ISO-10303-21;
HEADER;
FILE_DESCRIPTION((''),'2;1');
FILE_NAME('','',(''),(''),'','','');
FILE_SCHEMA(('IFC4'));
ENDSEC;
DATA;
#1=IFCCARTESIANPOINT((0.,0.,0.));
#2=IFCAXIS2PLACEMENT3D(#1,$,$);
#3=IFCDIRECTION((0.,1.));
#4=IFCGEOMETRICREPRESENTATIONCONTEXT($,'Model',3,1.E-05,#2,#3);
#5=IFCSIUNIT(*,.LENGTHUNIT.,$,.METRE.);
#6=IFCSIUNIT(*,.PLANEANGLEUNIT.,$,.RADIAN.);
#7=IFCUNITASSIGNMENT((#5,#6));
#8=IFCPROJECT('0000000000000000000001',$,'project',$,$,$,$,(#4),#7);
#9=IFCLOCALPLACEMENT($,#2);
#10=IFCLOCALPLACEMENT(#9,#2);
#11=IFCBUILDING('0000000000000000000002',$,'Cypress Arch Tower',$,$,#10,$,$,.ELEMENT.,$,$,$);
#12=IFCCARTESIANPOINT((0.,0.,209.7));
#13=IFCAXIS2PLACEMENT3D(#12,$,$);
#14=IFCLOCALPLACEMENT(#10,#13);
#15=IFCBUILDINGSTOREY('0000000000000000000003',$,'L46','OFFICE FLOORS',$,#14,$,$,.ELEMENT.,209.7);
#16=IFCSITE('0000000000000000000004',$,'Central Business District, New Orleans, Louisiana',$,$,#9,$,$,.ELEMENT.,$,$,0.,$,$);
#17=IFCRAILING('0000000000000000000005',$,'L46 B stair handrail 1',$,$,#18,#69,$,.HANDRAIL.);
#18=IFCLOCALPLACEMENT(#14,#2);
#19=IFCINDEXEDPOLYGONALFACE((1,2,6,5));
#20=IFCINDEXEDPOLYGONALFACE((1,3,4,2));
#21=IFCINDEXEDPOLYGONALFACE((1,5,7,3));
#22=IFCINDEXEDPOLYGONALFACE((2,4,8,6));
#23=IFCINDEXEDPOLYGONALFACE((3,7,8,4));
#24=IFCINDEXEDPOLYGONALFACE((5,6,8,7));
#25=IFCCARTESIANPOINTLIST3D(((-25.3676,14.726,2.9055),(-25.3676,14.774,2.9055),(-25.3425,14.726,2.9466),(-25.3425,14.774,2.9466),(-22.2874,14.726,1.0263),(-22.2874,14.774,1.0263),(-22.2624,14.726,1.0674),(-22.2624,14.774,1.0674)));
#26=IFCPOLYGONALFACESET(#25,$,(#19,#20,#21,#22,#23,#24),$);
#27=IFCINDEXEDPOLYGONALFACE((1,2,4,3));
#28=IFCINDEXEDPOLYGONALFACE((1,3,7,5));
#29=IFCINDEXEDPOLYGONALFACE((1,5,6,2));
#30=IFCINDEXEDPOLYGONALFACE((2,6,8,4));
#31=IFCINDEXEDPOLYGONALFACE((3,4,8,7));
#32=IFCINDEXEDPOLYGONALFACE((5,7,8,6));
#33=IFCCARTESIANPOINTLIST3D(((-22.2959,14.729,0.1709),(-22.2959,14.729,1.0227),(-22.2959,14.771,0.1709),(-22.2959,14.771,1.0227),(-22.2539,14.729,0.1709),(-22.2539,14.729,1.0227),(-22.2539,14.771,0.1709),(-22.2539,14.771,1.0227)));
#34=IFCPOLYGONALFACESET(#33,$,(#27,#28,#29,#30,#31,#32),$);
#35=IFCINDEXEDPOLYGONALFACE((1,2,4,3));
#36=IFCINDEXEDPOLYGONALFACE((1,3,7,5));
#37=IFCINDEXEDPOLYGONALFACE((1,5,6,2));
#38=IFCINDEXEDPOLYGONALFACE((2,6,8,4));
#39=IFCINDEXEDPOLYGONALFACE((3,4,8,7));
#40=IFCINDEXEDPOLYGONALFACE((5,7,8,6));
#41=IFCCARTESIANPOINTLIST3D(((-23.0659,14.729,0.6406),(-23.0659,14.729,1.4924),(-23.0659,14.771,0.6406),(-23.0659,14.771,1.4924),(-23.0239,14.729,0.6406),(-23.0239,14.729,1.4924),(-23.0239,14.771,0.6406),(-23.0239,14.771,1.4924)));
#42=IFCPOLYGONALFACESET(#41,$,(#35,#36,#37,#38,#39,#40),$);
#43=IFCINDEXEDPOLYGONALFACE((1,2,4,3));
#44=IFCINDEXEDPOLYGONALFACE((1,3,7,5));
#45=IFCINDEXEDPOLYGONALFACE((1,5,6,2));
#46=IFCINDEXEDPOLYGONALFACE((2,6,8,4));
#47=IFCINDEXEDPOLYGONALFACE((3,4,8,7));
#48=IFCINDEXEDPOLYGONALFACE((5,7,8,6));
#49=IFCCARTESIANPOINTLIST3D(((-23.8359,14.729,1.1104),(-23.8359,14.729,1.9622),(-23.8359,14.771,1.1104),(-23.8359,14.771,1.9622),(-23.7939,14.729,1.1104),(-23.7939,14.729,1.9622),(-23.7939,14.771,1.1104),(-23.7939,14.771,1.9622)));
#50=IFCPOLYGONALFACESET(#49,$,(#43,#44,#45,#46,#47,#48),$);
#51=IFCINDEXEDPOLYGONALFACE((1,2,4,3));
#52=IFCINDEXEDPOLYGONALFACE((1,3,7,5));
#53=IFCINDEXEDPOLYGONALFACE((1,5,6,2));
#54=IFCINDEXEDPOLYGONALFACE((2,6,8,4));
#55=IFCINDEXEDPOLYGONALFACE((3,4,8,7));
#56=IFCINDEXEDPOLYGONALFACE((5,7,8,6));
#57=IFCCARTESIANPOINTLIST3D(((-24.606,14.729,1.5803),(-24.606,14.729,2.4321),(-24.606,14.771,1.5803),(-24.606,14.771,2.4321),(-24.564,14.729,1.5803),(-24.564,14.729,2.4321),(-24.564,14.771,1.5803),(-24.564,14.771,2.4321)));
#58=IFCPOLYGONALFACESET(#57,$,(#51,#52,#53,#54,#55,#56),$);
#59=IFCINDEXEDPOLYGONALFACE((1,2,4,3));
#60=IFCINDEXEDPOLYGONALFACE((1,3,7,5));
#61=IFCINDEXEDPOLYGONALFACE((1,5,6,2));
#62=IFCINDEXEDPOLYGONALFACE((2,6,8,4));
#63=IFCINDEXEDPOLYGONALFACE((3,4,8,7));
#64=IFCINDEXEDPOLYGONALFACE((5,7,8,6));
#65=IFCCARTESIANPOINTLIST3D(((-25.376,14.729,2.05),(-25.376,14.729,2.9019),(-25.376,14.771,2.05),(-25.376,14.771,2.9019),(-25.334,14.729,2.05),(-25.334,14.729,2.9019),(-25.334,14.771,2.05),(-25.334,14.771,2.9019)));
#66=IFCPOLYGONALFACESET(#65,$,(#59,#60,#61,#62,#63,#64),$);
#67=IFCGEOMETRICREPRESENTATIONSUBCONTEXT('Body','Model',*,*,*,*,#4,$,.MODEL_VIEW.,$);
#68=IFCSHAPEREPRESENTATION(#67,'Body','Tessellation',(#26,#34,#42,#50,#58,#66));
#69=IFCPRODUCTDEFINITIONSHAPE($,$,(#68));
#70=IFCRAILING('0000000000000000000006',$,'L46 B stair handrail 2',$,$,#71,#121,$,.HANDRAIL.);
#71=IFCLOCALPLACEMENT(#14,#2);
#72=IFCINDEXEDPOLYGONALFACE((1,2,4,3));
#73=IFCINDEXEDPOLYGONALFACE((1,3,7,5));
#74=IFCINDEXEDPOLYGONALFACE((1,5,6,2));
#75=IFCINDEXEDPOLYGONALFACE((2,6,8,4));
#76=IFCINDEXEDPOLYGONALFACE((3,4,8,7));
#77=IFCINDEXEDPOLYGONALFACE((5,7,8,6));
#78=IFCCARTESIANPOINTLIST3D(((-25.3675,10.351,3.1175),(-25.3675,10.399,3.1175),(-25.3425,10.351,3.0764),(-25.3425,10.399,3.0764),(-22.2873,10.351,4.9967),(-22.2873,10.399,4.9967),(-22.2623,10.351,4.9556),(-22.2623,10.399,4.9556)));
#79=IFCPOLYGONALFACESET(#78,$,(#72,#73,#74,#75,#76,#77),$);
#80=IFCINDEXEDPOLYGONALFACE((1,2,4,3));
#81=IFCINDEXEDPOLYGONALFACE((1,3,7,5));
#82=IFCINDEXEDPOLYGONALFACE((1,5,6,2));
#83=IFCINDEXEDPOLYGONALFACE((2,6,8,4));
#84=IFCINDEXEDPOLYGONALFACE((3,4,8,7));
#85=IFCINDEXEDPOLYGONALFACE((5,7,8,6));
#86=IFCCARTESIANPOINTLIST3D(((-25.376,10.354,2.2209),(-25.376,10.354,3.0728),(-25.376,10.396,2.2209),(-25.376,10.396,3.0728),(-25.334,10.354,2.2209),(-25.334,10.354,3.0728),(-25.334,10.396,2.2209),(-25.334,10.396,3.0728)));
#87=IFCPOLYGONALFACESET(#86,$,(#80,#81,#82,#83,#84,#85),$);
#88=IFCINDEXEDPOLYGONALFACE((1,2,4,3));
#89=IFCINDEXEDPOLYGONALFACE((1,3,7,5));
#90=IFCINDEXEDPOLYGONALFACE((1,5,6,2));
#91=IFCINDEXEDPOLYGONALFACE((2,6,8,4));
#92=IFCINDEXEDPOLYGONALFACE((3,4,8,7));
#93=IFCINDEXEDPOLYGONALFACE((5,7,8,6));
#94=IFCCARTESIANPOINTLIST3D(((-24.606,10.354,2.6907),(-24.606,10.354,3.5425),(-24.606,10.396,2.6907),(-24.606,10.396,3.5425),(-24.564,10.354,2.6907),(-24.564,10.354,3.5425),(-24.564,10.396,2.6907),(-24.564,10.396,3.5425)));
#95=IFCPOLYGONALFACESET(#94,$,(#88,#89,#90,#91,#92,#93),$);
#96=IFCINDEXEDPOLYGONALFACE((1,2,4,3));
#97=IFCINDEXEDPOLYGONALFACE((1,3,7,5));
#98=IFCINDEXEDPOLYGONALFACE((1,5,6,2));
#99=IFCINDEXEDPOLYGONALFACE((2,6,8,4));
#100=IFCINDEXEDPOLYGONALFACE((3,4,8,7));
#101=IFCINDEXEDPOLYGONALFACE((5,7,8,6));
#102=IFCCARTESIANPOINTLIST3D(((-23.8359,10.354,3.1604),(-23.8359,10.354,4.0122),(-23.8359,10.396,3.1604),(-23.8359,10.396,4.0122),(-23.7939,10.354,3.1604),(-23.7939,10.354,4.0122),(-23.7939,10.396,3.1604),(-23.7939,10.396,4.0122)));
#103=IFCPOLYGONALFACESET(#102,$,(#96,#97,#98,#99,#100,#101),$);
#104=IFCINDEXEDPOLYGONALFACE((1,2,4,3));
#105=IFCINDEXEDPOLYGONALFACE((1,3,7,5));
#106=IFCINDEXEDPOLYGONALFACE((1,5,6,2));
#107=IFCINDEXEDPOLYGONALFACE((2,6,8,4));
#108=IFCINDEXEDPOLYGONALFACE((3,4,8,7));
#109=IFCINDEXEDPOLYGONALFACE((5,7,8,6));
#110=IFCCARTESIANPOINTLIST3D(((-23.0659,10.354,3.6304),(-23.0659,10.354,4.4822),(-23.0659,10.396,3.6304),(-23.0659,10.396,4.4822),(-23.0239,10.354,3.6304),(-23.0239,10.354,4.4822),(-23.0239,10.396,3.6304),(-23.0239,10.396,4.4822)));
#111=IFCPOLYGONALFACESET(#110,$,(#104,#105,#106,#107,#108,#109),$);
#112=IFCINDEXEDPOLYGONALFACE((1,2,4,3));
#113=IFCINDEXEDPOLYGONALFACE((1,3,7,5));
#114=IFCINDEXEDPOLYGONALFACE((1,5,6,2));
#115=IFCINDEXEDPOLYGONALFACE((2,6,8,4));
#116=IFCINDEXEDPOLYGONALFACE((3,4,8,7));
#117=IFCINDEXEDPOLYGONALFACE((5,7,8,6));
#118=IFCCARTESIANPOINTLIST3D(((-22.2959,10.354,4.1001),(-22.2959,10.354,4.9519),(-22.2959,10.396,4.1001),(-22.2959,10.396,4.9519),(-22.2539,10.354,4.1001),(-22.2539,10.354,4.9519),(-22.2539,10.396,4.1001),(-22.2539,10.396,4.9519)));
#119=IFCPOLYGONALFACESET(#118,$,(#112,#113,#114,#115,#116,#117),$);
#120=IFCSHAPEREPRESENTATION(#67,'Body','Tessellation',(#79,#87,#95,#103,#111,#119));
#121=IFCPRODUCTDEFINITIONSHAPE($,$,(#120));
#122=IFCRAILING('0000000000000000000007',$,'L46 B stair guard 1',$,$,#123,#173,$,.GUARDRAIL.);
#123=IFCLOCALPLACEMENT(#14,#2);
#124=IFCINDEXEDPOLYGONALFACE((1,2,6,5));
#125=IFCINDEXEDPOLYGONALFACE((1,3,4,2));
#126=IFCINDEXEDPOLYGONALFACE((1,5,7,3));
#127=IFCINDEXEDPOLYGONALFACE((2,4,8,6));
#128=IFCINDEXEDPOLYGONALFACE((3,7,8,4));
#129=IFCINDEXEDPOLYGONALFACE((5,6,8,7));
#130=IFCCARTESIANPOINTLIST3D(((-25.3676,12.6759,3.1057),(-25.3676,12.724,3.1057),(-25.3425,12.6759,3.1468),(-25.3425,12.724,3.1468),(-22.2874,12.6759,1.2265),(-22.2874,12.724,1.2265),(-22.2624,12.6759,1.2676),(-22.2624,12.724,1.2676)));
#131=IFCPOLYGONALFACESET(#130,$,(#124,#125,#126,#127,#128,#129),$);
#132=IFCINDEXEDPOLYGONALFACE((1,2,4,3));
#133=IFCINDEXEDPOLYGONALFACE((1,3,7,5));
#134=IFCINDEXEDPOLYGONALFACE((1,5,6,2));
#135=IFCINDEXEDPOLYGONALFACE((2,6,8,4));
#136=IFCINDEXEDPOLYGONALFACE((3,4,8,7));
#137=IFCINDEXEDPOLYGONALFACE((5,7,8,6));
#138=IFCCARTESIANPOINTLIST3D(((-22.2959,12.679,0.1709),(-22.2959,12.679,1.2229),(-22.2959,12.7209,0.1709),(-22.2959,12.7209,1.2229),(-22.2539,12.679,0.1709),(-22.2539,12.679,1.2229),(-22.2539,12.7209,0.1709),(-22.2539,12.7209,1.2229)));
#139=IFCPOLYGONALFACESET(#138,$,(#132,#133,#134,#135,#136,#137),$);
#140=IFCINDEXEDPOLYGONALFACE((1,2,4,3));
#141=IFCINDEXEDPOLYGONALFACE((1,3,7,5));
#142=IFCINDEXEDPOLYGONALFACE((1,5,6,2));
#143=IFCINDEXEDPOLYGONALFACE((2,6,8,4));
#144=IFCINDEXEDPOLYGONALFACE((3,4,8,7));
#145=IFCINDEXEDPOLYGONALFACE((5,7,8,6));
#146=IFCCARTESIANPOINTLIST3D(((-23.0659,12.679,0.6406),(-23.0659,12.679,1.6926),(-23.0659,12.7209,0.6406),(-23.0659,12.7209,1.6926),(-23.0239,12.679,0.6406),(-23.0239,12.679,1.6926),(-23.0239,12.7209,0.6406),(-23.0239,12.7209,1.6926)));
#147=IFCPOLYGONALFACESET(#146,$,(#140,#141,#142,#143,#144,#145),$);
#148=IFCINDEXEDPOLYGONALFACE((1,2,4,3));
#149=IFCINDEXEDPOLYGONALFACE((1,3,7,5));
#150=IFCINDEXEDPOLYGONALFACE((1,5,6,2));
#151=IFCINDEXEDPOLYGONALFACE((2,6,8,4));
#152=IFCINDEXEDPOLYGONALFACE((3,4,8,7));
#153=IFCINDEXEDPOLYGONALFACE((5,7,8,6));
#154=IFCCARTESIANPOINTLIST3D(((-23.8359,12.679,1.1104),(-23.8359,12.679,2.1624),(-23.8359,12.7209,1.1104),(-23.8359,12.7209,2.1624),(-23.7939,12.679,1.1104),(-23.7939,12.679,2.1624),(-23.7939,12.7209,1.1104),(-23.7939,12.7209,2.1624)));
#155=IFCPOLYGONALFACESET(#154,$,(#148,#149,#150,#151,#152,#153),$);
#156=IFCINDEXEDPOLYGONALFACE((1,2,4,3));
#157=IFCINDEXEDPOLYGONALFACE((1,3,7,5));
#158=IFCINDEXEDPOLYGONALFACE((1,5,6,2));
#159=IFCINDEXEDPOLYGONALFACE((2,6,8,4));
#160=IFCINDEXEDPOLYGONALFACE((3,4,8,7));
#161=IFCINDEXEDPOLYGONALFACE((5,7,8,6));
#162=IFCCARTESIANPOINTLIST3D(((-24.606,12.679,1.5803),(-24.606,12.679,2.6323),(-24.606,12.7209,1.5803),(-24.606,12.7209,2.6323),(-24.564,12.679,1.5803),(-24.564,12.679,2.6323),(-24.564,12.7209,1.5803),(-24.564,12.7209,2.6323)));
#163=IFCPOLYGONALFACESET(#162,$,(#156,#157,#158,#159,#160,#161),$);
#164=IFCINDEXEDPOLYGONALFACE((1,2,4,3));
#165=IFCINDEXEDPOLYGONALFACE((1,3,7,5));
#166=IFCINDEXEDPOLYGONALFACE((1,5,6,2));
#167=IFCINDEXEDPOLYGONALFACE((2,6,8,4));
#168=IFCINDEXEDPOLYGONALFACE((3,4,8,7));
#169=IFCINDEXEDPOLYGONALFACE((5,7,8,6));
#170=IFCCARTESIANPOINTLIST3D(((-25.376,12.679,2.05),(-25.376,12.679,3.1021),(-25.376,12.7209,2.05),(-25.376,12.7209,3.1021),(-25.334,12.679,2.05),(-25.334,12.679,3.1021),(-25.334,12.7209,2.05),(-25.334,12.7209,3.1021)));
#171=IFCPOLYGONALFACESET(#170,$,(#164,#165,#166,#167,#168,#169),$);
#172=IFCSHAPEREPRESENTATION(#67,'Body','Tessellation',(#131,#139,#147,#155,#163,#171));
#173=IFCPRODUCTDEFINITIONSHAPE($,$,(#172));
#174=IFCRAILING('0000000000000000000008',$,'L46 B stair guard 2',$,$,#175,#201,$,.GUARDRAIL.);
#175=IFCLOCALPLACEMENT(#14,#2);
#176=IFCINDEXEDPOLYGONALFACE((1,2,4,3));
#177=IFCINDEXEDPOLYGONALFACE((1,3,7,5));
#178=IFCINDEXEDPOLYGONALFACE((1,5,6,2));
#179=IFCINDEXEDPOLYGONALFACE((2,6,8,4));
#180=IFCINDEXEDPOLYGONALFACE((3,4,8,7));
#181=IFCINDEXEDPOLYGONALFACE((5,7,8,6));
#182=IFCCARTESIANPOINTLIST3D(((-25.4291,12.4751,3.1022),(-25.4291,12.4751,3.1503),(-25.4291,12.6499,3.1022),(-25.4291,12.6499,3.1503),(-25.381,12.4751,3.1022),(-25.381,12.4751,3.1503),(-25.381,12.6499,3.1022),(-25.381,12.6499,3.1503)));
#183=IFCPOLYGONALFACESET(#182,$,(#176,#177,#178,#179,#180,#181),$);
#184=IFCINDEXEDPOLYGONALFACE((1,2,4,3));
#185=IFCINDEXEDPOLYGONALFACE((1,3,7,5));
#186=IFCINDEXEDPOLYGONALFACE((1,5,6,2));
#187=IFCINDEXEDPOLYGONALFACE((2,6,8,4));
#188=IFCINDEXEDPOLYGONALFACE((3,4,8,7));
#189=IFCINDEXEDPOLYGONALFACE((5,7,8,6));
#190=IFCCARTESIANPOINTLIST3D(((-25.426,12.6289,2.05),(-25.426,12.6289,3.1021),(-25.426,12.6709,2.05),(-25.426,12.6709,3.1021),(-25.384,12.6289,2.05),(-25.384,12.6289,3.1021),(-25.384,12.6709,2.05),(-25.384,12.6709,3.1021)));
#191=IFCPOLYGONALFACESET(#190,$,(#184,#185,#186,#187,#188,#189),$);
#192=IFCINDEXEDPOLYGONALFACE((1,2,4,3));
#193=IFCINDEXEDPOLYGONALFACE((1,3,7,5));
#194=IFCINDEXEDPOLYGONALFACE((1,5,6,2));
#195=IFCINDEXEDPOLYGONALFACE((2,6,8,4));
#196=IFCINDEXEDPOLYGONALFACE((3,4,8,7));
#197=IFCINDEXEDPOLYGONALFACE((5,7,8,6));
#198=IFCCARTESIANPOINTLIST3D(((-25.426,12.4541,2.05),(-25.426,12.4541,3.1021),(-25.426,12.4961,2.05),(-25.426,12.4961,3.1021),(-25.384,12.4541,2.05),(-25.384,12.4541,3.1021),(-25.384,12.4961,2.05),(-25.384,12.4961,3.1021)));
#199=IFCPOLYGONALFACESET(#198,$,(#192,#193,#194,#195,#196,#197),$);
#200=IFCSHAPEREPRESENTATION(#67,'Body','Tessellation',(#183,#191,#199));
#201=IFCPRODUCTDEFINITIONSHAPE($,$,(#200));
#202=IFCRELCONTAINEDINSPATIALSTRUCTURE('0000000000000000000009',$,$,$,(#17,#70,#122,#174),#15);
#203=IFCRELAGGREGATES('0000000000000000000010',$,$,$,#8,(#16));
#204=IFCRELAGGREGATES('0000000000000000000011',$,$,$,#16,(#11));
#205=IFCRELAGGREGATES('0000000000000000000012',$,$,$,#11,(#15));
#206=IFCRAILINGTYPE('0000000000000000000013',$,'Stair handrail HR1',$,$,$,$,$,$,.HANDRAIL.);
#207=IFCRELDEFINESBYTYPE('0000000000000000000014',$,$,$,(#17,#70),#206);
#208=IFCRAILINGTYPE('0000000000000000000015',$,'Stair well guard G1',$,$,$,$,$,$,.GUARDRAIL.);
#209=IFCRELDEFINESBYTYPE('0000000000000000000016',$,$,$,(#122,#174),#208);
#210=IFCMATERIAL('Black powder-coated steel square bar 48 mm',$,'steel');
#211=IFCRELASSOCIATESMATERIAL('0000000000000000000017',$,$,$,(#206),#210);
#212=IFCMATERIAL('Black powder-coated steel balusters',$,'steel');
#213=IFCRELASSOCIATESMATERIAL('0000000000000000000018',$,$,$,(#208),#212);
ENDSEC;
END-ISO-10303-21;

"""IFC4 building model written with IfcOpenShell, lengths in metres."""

from ifc_helpers import new_model, si_unit, direction, frame, origin, origin_2d, place, context, subcontext, project, spatial, rectangle, extrude, material, type_object, element, save


model = new_model("IFC4")

# Units and contexts
model_context = context("Model", 3, precision=1e-05, world=origin(), true_north=direction((0.0, 1.0)))
body_context = subcontext(model_context, "Body", "Model", "MODEL_VIEW")
ifc_project = project(units=[si_unit("LENGTHUNIT", "METRE"), si_unit("PLANEANGLEUNIT", "RADIAN")], contexts=[model_context])

# Site, building, storey
site_placement = place(None, origin())
site = spatial("IfcSite", under=ifc_project, at=site_placement, Name="Central Business District, New Orleans, Louisiana", CompositionType="ELEMENT", RefElevation=0.0)
building_placement = place(site_placement, origin())
building = spatial("IfcBuilding", under=site, at=building_placement, Name="Cypress Arch Tower", CompositionType="ELEMENT")
storey_placement = place(building_placement, frame((0.0, 0.0, 209.7)))
storey = spatial("IfcBuildingStorey", under=building, at=storey_placement, Name="L46", Description="OFFICE FLOORS", CompositionType="ELEMENT", Elevation=209.7)

# Railings
ifc_material_1 = material(Name="Black powder-coated steel square bar 48 mm", Category="steel")
railing_type_1 = type_object("IfcRailingType", Name="Stair handrail HR1", PredefinedType="HANDRAIL", material=ifc_material_1)
railing_1_placement = place(storey_placement, frame((-22.2749, 14.75, 0.1709)))
element("IfcRailing", 1, at=railing_1_placement, inside=storey, type_object=railing_type_1, Name="L46 B stair handrail 1", PredefinedType="HANDRAIL", context=body_context, shape_type="SweptSolid", body=[
    extrude(rectangle(XDim=0.0481, YDim=0.0481, at=origin_2d()), frame((0.0, 0.0, 0.876), z_axis=(-0.853666, 0.0, 0.52082), x_axis=(0.0, -1.0, 0.0)), (0.0, 0.0, 1.0), 3.6082),
    extrude(rectangle(XDim=0.042, YDim=0.042, at=origin_2d()), origin(), (0.0, 0.0, 1.0), 0.8518),
    extrude(rectangle(XDim=0.042, YDim=0.042, at=origin_2d()), frame((-0.77, 0.0, 0.4697)), (0.0, 0.0, 1.0), 0.8518),
    extrude(rectangle(XDim=0.042, YDim=0.042, at=origin_2d()), frame((-1.54, 0.0, 0.9395)), (0.0, 0.0, 1.0), 0.8518),
    extrude(rectangle(XDim=0.042, YDim=0.042, at=origin_2d()), frame((-2.3101, 0.0, 1.4094)), (0.0, 0.0, 1.0), 0.8518),
    extrude(rectangle(XDim=0.042, YDim=0.042, at=origin_2d()), frame((-3.0801, 0.0, 1.8792)), (0.0, 0.0, 1.0), 0.8518),
])
railing_2_placement = place(storey_placement, frame((-25.355, 10.375, 2.2209)))
element("IfcRailing", 2, at=railing_2_placement, inside=storey, type_object=railing_type_1, Name="L46 B stair handrail 2", PredefinedType="HANDRAIL", context=body_context, shape_type="SweptSolid", body=[
    extrude(rectangle(XDim=0.0481, YDim=0.0481, at=origin_2d()), frame((0.0, 0.0, 0.876), z_axis=(0.853666, 0.0, 0.52082), x_axis=(0.0, 1.0, 0.0)), (0.0, 0.0, 1.0), 3.6082),
    extrude(rectangle(XDim=0.042, YDim=0.042, at=origin_2d()), origin(), (0.0, 0.0, 1.0), 0.8518),
    extrude(rectangle(XDim=0.042, YDim=0.042, at=origin_2d()), frame((0.77, 0.0, 0.4697)), (0.0, 0.0, 1.0), 0.8518),
    extrude(rectangle(XDim=0.042, YDim=0.042, at=origin_2d()), frame((1.54, 0.0, 0.9395)), (0.0, 0.0, 1.0), 0.8518),
    extrude(rectangle(XDim=0.042, YDim=0.042, at=origin_2d()), frame((2.3101, 0.0, 1.4094)), (0.0, 0.0, 1.0), 0.8518),
    extrude(rectangle(XDim=0.042, YDim=0.042, at=origin_2d()), frame((3.0801, 0.0, 1.8792)), (0.0, 0.0, 1.0), 0.8518),
])
ifc_material_2 = material(Name="Black powder-coated steel balusters", Category="steel")
railing_type_2 = type_object("IfcRailingType", Name="Stair well guard G1", PredefinedType="GUARDRAIL", material=ifc_material_2)
railing_3_placement = place(storey_placement, frame((-22.2749, 12.7, 0.1709)))
element("IfcRailing", 3, at=railing_3_placement, inside=storey, type_object=railing_type_2, Name="L46 B stair guard 1", PredefinedType="GUARDRAIL", context=body_context, shape_type="SweptSolid", body=[
    extrude(rectangle(XDim=0.0481, YDim=0.0481, at=origin_2d()), frame((0.0, 0.0, 1.0762), z_axis=(-0.853666, 0.0, 0.52082), x_axis=(0.0, -1.0, 0.0)), (0.0, 0.0, 1.0), 3.6082),
    extrude(rectangle(XDim=0.042, YDim=0.042, at=origin_2d()), origin(), (0.0, 0.0, 1.0), 1.052),
    extrude(rectangle(XDim=0.042, YDim=0.042, at=origin_2d()), frame((-0.77, 0.0, 0.4697)), (0.0, 0.0, 1.0), 1.052),
    extrude(rectangle(XDim=0.042, YDim=0.042, at=origin_2d()), frame((-1.54, 0.0, 0.9395)), (0.0, 0.0, 1.0), 1.052),
    extrude(rectangle(XDim=0.042, YDim=0.042, at=origin_2d()), frame((-2.3101, 0.0, 1.4094)), (0.0, 0.0, 1.0), 1.052),
    extrude(rectangle(XDim=0.042, YDim=0.042, at=origin_2d()), frame((-3.0801, 0.0, 1.8792)), (0.0, 0.0, 1.0), 1.052),
])
railing_4_placement = place(storey_placement, frame((-25.405, 12.6499, 2.05)))
element("IfcRailing", 4, at=railing_4_placement, inside=storey, type_object=railing_type_2, Name="L46 B stair guard 2", PredefinedType="GUARDRAIL", context=body_context, shape_type="SweptSolid", body=[
    extrude(rectangle(XDim=0.0481, YDim=0.0481, at=origin_2d()), frame((0.0, 0.0, 1.0762), z_axis=(0.0, -1.0, 0.0), x_axis=(1.0, 0.0, 0.0)), (0.0, 0.0, 1.0), 0.1748),
    extrude(rectangle(XDim=0.042, YDim=0.042, at=origin_2d()), origin(), (0.0, 0.0, 1.0), 1.052),
    extrude(rectangle(XDim=0.042, YDim=0.042, at=origin_2d()), frame((0.0, -0.1748, 0.0)), (0.0, 0.0, 1.0), 1.052),
])

save(model, "model.ifc")
